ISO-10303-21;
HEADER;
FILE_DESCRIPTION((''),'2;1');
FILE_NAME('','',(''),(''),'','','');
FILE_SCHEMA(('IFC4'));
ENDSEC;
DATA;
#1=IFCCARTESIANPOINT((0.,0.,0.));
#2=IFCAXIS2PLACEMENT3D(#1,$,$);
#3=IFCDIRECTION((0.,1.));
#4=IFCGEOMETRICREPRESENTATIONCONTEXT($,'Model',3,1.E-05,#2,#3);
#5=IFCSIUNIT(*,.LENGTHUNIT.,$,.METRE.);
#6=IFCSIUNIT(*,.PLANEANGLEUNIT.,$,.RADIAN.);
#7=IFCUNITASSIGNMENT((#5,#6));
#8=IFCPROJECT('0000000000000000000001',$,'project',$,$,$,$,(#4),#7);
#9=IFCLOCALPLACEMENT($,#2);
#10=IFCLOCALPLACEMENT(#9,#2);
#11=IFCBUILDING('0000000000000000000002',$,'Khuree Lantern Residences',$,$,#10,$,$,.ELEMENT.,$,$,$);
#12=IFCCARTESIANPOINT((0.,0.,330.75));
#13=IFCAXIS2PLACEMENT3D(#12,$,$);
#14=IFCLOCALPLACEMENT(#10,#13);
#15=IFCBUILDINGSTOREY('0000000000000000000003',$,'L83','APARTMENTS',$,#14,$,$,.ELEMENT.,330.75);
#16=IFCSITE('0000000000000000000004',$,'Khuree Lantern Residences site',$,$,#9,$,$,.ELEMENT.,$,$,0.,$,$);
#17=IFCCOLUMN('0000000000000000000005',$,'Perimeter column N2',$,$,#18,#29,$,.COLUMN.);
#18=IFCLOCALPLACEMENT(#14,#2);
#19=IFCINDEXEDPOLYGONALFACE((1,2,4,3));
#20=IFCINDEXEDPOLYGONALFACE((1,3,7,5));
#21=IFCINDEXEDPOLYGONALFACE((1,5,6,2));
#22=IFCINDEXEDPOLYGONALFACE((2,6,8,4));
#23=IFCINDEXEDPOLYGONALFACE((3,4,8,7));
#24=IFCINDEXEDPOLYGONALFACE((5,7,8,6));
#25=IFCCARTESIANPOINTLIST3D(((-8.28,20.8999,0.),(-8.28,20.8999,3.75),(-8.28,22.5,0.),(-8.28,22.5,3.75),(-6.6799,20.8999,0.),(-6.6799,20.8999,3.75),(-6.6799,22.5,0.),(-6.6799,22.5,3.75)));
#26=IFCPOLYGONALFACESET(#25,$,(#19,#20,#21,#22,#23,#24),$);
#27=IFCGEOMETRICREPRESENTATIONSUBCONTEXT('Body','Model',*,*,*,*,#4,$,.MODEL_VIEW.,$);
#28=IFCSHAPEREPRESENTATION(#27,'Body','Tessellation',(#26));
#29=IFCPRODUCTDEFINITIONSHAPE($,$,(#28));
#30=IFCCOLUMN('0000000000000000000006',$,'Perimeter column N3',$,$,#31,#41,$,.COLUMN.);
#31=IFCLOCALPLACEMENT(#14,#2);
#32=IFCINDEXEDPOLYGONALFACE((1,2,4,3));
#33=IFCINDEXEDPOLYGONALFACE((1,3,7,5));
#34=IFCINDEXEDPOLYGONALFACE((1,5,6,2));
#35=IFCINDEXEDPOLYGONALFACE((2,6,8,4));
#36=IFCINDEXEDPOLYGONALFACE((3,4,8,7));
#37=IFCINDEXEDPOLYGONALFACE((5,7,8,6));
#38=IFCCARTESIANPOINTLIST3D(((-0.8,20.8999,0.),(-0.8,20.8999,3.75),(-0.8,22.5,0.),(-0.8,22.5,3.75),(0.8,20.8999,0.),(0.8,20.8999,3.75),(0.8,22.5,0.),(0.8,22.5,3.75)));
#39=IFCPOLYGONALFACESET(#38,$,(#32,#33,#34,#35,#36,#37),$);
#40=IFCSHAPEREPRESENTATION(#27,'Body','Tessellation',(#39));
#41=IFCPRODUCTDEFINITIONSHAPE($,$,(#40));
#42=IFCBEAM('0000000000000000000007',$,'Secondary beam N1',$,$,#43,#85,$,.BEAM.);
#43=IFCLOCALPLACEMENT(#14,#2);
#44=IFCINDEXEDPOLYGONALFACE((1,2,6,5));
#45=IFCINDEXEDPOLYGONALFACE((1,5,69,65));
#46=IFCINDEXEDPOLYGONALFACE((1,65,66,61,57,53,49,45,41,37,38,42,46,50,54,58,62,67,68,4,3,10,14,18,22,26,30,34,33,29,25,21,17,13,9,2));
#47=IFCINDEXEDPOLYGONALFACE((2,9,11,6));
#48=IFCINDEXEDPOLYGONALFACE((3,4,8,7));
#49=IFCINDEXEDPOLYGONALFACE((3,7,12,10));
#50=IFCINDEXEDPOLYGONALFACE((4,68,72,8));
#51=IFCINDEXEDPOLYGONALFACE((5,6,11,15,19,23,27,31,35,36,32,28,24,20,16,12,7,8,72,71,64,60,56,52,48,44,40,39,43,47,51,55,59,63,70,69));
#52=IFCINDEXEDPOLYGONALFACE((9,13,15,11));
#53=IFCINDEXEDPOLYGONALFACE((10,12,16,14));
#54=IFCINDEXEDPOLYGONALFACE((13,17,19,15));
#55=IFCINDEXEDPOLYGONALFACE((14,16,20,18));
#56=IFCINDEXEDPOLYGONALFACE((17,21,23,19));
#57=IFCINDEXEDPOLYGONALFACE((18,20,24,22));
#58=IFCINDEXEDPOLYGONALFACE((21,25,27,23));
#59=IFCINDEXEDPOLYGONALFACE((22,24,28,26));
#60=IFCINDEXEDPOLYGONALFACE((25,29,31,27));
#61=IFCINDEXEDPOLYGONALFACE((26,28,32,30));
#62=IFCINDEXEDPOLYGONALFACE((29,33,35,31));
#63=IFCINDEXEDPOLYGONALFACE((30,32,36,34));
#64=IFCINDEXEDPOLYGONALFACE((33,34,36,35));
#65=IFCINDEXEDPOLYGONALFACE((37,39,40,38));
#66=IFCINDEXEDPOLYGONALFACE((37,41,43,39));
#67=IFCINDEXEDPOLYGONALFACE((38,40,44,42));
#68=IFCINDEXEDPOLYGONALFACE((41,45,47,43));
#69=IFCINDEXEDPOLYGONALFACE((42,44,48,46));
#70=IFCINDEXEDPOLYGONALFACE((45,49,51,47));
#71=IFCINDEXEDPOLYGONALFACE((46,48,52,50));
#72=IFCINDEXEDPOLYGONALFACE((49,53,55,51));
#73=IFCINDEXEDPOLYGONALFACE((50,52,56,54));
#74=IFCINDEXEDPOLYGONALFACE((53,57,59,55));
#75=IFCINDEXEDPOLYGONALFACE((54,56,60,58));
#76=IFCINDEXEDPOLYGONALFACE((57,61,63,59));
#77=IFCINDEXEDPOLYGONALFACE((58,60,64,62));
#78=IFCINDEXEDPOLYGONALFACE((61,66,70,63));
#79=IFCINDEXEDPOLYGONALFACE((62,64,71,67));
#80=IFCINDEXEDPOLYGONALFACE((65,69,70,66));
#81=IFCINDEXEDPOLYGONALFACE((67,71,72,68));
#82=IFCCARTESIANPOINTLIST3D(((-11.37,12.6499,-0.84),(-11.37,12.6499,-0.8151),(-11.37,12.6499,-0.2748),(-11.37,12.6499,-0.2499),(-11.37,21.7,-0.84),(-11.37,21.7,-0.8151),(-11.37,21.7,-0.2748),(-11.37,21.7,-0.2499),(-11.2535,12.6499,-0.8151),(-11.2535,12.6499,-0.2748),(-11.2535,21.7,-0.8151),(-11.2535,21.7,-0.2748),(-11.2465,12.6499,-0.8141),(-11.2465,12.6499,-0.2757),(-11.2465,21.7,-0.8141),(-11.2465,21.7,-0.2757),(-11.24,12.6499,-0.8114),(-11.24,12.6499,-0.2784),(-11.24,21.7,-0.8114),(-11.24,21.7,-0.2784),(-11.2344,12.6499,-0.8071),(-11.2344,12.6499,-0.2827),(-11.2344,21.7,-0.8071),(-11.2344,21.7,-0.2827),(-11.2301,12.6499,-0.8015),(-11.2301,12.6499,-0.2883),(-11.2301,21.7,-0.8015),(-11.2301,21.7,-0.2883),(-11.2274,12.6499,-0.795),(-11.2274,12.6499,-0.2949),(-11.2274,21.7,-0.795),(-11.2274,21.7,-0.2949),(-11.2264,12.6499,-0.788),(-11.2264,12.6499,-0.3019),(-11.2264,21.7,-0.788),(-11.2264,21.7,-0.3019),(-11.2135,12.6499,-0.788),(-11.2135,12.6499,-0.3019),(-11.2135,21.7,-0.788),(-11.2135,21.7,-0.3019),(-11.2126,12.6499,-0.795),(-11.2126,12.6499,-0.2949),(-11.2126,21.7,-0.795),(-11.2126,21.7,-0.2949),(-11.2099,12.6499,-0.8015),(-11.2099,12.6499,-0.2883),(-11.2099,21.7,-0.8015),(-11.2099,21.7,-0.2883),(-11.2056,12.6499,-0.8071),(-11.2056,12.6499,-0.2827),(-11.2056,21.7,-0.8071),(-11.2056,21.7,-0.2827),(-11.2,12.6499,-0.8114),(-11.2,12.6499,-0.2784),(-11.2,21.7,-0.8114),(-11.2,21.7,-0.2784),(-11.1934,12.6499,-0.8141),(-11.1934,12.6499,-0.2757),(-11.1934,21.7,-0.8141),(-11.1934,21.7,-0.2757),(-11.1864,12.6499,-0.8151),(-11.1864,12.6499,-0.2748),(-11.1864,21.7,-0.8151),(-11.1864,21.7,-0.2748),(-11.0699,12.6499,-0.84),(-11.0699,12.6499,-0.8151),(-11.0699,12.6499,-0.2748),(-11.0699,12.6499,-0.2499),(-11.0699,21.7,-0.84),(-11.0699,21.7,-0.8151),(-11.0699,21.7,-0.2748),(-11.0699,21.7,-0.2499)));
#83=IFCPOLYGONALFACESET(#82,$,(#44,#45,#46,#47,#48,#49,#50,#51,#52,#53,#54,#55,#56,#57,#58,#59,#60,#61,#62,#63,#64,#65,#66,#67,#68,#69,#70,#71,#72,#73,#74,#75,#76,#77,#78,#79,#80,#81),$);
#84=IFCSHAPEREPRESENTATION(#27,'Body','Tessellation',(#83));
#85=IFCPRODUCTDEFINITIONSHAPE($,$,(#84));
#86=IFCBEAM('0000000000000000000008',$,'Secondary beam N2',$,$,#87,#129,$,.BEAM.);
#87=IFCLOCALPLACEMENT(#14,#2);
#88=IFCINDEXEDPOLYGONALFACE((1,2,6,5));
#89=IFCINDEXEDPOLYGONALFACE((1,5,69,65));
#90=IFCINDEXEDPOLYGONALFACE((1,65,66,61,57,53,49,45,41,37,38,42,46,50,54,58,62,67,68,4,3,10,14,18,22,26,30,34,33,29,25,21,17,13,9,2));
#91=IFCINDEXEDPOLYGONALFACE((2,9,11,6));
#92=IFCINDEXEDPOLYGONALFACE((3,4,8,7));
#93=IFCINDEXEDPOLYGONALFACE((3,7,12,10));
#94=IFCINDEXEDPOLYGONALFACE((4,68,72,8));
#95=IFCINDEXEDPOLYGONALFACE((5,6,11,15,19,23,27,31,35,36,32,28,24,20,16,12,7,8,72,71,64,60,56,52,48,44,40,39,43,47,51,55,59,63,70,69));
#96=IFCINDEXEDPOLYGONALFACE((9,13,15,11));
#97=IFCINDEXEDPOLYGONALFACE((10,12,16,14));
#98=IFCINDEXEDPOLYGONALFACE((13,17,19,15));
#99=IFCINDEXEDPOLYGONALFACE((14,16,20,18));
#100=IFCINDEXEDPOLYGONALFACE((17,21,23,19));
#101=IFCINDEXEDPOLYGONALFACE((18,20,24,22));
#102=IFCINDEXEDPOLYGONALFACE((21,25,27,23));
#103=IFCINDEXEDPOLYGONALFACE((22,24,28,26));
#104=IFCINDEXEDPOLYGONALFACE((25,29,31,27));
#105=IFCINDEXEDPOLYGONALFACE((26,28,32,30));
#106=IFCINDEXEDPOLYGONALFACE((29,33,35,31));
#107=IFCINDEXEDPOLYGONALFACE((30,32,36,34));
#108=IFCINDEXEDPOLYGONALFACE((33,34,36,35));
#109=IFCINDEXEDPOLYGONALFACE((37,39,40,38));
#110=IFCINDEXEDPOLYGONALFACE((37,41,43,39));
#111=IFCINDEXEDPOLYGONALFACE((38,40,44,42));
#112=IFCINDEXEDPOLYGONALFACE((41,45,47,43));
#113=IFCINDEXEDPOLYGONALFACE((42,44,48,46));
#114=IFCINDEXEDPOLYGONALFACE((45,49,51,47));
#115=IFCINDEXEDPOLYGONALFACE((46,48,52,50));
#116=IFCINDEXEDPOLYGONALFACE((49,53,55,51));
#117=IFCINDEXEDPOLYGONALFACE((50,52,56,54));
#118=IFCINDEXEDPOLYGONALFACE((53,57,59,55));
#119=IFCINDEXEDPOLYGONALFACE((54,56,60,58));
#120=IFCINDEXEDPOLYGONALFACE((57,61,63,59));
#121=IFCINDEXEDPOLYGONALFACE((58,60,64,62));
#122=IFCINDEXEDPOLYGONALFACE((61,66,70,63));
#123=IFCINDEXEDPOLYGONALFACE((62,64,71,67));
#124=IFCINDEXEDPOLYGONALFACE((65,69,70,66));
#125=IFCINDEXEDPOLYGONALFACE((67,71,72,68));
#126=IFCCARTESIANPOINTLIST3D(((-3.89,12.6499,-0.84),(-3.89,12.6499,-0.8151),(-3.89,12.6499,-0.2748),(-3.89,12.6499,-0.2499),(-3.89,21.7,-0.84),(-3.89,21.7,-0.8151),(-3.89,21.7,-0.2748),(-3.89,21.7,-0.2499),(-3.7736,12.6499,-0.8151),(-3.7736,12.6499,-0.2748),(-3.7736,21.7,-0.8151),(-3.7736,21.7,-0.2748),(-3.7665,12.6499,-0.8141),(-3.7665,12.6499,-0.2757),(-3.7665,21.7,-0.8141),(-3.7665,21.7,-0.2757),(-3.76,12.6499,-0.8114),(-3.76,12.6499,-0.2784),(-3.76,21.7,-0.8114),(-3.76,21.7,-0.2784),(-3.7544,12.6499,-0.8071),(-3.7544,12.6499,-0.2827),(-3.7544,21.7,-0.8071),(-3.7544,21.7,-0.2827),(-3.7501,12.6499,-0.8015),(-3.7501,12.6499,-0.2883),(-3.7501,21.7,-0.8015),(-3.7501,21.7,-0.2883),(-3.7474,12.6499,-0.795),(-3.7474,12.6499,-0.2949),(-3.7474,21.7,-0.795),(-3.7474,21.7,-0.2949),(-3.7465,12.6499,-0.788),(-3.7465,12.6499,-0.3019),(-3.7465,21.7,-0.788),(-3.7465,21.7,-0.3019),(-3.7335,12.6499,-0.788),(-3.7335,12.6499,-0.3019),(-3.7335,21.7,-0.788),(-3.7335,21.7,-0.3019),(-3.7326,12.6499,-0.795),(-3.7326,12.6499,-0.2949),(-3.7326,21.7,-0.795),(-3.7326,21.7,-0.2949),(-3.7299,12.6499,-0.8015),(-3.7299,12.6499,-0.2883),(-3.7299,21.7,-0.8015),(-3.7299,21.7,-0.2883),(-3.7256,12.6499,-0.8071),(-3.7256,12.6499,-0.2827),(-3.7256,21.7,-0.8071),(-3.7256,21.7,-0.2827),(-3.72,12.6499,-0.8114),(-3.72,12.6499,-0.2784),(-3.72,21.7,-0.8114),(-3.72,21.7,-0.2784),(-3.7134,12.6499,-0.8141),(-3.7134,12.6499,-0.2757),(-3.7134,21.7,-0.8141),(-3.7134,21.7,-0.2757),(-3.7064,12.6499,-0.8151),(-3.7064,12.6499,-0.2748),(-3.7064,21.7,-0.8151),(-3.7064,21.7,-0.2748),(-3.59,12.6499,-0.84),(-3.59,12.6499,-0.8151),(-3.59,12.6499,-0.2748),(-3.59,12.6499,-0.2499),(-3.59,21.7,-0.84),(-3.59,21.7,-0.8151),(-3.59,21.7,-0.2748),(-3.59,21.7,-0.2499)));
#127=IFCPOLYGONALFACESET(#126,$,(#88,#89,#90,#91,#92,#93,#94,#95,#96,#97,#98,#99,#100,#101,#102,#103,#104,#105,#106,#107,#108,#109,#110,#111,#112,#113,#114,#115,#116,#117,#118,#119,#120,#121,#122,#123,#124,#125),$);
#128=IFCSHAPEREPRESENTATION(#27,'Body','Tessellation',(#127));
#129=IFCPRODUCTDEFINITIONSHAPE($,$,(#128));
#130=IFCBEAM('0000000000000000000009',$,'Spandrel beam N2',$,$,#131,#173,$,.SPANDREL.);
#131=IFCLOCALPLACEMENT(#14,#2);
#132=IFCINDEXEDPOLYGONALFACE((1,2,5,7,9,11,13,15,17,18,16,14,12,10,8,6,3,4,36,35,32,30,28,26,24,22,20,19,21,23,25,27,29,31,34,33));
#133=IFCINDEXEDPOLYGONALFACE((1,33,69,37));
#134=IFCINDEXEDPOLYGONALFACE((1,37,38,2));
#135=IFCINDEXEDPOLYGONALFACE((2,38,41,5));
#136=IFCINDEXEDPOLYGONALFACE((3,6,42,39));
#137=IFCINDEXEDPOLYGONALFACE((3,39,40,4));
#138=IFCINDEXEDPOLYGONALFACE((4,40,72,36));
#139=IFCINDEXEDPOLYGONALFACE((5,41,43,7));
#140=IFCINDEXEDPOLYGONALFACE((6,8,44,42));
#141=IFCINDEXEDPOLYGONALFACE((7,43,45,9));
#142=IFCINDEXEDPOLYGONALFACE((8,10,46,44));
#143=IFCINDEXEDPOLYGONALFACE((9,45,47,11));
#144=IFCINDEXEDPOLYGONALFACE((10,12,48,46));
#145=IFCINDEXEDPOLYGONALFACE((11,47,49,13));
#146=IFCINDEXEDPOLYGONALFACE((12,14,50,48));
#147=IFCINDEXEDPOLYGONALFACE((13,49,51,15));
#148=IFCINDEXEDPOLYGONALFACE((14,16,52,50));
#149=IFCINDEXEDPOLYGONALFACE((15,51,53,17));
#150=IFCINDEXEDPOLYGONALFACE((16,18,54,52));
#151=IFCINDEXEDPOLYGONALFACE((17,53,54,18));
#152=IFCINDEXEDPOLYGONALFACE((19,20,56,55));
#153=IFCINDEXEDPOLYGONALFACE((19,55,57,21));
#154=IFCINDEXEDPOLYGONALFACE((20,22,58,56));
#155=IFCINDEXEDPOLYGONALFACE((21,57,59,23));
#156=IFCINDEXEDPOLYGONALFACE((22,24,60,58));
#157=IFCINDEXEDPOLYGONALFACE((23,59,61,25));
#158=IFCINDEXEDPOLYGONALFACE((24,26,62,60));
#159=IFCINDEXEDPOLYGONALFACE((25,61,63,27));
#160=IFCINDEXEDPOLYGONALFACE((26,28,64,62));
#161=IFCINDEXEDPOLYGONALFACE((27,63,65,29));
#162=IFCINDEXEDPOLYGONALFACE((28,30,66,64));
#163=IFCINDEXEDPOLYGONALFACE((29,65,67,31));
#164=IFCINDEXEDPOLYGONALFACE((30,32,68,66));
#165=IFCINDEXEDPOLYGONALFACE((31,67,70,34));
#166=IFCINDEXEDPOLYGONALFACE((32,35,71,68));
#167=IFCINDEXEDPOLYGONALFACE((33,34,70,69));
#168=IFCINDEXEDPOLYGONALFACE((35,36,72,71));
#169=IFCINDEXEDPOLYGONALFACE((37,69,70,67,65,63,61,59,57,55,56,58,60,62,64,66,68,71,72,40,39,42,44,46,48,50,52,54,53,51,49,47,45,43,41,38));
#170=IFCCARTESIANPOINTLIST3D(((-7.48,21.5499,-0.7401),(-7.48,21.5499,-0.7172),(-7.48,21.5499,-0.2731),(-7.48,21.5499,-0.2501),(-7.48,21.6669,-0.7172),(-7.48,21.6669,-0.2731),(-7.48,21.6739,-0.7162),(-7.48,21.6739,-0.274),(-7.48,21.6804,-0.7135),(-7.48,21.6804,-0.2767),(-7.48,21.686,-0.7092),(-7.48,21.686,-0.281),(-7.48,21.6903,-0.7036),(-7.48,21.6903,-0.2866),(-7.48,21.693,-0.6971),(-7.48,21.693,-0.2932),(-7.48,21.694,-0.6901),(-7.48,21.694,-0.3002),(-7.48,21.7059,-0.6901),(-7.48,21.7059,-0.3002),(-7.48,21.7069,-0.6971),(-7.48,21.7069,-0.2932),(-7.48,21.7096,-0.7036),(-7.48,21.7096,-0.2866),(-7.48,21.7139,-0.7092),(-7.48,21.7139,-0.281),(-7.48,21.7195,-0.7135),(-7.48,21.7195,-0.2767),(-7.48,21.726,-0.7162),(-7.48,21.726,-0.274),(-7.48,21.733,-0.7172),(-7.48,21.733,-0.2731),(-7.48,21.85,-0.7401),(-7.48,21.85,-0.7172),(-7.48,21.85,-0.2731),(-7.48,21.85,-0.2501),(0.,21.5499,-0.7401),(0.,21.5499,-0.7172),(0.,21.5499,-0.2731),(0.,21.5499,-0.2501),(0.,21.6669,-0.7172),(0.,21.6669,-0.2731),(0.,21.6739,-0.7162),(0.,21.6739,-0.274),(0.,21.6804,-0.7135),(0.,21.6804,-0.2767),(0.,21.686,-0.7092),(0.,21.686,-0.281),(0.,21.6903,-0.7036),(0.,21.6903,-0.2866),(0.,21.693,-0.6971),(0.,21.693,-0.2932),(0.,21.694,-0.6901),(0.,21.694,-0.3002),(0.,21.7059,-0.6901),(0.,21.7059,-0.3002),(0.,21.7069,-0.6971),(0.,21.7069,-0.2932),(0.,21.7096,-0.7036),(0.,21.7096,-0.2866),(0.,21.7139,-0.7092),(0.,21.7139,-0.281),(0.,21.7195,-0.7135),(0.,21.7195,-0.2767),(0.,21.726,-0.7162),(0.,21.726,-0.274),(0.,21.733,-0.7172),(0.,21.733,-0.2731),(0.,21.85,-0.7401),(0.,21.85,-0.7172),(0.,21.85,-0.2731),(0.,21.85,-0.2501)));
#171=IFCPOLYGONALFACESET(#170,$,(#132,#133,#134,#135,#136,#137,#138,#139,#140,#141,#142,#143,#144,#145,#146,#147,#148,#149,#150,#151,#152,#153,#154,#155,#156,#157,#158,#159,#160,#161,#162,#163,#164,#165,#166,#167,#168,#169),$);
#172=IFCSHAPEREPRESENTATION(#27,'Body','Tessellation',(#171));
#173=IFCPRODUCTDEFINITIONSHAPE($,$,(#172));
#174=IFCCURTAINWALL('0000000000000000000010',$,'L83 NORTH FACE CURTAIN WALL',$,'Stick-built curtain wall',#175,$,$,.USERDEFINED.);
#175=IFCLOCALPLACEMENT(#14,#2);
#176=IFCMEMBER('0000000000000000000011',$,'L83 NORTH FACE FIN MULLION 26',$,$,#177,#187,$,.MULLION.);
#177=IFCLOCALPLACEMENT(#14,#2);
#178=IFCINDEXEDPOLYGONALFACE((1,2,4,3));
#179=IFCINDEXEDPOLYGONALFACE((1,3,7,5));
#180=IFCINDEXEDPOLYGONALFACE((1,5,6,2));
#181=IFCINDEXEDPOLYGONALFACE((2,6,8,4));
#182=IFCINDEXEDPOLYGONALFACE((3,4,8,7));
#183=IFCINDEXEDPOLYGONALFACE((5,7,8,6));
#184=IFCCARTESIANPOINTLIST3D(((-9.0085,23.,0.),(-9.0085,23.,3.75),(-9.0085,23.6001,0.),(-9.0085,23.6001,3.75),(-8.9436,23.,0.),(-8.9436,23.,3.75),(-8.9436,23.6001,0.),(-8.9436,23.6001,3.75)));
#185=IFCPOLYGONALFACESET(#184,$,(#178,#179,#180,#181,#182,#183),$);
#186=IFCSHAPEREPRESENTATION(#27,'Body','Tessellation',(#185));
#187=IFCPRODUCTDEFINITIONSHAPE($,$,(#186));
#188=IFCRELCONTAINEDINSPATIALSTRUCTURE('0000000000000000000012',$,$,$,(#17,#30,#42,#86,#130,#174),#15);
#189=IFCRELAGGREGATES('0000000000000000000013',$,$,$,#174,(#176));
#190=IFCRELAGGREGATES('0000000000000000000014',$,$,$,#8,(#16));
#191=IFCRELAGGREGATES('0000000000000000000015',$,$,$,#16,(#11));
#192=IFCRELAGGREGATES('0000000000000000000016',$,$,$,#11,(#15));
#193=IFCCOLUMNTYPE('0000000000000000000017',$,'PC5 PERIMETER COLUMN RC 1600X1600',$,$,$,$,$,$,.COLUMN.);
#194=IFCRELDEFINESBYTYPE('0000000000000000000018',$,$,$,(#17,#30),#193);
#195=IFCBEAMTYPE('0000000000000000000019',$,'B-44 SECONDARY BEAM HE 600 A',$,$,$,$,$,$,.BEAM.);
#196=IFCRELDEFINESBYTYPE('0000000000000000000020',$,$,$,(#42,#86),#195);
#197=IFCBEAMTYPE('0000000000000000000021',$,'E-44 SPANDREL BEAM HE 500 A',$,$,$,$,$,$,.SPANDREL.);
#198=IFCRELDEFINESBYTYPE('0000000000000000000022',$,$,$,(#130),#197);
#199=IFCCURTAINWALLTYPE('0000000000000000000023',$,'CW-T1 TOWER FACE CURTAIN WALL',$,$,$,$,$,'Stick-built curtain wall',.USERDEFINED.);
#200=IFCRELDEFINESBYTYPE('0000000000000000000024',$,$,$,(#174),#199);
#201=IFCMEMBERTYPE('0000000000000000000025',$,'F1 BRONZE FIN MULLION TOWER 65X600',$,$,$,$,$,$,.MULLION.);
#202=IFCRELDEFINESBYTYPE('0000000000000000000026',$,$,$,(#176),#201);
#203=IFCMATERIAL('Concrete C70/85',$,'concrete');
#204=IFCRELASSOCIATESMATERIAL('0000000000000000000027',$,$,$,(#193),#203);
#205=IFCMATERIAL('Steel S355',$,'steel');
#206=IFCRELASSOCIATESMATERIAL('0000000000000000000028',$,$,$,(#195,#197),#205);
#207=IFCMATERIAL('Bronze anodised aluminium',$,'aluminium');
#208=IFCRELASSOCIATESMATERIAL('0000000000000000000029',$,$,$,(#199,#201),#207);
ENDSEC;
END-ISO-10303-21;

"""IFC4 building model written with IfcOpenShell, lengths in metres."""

from ifc_helpers import new_model, si_unit, direction, frame, origin, origin_2d, place, context, subcontext, project, spatial, rectangle, i_section, extrude, material, material_profile, profile_set, type_object, element, aggregate, save


model = new_model("IFC4")

# Units and contexts
model_context = context("Model", 3, precision=1e-05, world=origin(), true_north=direction((0.0, 1.0)))
body_context = subcontext(model_context, "Body", "Model", "MODEL_VIEW")
ifc_project = project(units=[si_unit("LENGTHUNIT", "METRE"), si_unit("PLANEANGLEUNIT", "RADIAN")], contexts=[model_context])

# Site, building, storey
site_placement = place(None, origin())
site = spatial("IfcSite", under=ifc_project, at=site_placement, Name="Khuree Lantern Residences site", CompositionType="ELEMENT", RefElevation=0.0)
building_placement = place(site_placement, origin())
building = spatial("IfcBuilding", under=site, at=building_placement, Name="Khuree Lantern Residences", CompositionType="ELEMENT")
storey_placement = place(building_placement, frame((0.0, 0.0, 330.75)))
storey = spatial("IfcBuildingStorey", under=building, at=storey_placement, Name="L83", Description="APARTMENTS", CompositionType="ELEMENT", Elevation=330.75)

# Columns
ifc_material_1 = material(Name="Concrete C70/85", Category="concrete")
ifc_material_profile_1 = material_profile(ifc_material_1, rectangle(XDim=1.6001, YDim=1.6001, at=origin_2d()), Name="RC 1600X1600")
ifc_profile_set_1 = profile_set([ifc_material_profile_1], Name="Concrete C70/85")
column_type = type_object("IfcColumnType", Name="PC5 PERIMETER COLUMN RC 1600X1600", PredefinedType="COLUMN", material=ifc_profile_set_1)
for number, where, z_axis, x_axis, name in (
    (1, (-7.48, 21.7, 0.0), (0.0, 0.0, 1.0), (1.0, 0.0, 0.0), "Perimeter column N2"),
    (2, (0.0, 21.7, 0.0), (0.0, 0.0, 1.0), (1.0, 0.0, 0.0), "Perimeter column N3"),
):
    element("IfcColumn", number, at=place(storey_placement, frame(where, z_axis=z_axis, x_axis=x_axis)), inside=storey, type_object=column_type, Name=name, PredefinedType="COLUMN", context=body_context, shape_type="SweptSolid", body=[
        extrude(rectangle(XDim=1.6001, YDim=1.6001, at=origin_2d()), origin(), (0.0, 0.0, 1.0), 3.75),
    ])

# Beams
ifc_material_2 = material(Name="Steel S355", Category="steel")
ifc_material_profile_2 = material_profile(ifc_material_2, i_section(OverallWidth=0.3, OverallDepth=0.5901, WebThickness=0.0129, FlangeThickness=0.0249, FilletRadius=0.0271, at=origin_2d()), Name="HE 600 A")
ifc_profile_set_2 = profile_set([ifc_material_profile_2], Name="Steel S355")
beam_type_1 = type_object("IfcBeamType", Name="B-44 SECONDARY BEAM HE 600 A", PredefinedType="BEAM", material=ifc_profile_set_2)
for number, where, z_axis, x_axis, name in (
    (3, (-11.22, 21.7, -0.5449), (0.0, -1.0, 0.0), (1.0, 0.0, 0.0), "Secondary beam N1"),
    (4, (-3.74, 21.7, -0.5449), (0.0, -1.0, 0.0), (1.0, 0.0, 0.0), "Secondary beam N2"),
):
    element("IfcBeam", number, at=place(storey_placement, frame(where, z_axis=z_axis, x_axis=x_axis)), inside=storey, type_object=beam_type_1, Name=name, PredefinedType="BEAM", context=body_context, shape_type="SweptSolid", body=[
        extrude(i_section(OverallWidth=0.3, OverallDepth=0.5901, WebThickness=0.0129, FlangeThickness=0.0249, FilletRadius=0.0271, at=origin_2d()), origin(), (0.0, 0.0, 1.0), 9.05),
    ])
ifc_material_profile_3 = material_profile(ifc_material_2, i_section(OverallWidth=0.3, OverallDepth=0.49, WebThickness=0.012, FlangeThickness=0.0229, FilletRadius=0.0271, at=origin_2d()), Name="HE 500 A")
ifc_profile_set_3 = profile_set([ifc_material_profile_3], Name="Steel S355")
beam_type_2 = type_object("IfcBeamType", Name="E-44 SPANDREL BEAM HE 500 A", PredefinedType="SPANDREL", material=ifc_profile_set_3)
beam_placement = place(storey_placement, frame((-7.48, 21.7, -0.4951), z_axis=(1.0, 0.0, 0.0), x_axis=(0.0, 1.0, 0.0)))
element("IfcBeam", 5, at=beam_placement, inside=storey, type_object=beam_type_2, Name="Spandrel beam N2", PredefinedType="SPANDREL", context=body_context, shape_type="SweptSolid", body=[
    extrude(i_section(OverallWidth=0.3, OverallDepth=0.49, WebThickness=0.012, FlangeThickness=0.0229, FilletRadius=0.0271, at=origin_2d()), origin(), (0.0, 0.0, 1.0), 7.48),
])

# Curtain wall, member
ifc_material_3 = material(Name="Bronze anodised aluminium", Category="aluminium")
curtain_wall_type = type_object("IfcCurtainWallType", Name="CW-T1 TOWER FACE CURTAIN WALL", ElementType="Stick-built curtain wall", PredefinedType="USERDEFINED", material=ifc_material_3)
curtain_wall_placement = place(storey_placement, origin())
curtain_wall = element("IfcCurtainWall", 6, at=curtain_wall_placement, inside=storey, type_object=curtain_wall_type, Name="L83 NORTH FACE CURTAIN WALL", ObjectType="Stick-built curtain wall", PredefinedType="USERDEFINED")
ifc_material_profile_4 = material_profile(ifc_material_3, rectangle(XDim=0.0649, YDim=0.6001, at=origin_2d()), Name="F1 65X600")
ifc_profile_set_4 = profile_set([ifc_material_profile_4], Name="Bronze anodised aluminium")
member_type_1 = type_object("IfcMemberType", Name="F1 BRONZE FIN MULLION TOWER 65X600", PredefinedType="MULLION", material=ifc_profile_set_4)
member_1_placement = place(storey_placement, frame((-8.9761, 23.3, 0.0), z_axis=(0.0, 0.0, 1.0), x_axis=(-1.0, 0.0, 0.0)))
member_1 = element("IfcMember", 7, at=member_1_placement, type_object=member_type_1, Name="L83 NORTH FACE FIN MULLION 26", PredefinedType="MULLION", context=body_context, shape_type="SweptSolid", body=[
    extrude(rectangle(XDim=0.0649, YDim=0.6001, at=origin_2d()), origin(), (0.0, 0.0, 1.0), 3.75),
])

aggregate(curtain_wall, [member_1])

save(model, "model.ifc")
